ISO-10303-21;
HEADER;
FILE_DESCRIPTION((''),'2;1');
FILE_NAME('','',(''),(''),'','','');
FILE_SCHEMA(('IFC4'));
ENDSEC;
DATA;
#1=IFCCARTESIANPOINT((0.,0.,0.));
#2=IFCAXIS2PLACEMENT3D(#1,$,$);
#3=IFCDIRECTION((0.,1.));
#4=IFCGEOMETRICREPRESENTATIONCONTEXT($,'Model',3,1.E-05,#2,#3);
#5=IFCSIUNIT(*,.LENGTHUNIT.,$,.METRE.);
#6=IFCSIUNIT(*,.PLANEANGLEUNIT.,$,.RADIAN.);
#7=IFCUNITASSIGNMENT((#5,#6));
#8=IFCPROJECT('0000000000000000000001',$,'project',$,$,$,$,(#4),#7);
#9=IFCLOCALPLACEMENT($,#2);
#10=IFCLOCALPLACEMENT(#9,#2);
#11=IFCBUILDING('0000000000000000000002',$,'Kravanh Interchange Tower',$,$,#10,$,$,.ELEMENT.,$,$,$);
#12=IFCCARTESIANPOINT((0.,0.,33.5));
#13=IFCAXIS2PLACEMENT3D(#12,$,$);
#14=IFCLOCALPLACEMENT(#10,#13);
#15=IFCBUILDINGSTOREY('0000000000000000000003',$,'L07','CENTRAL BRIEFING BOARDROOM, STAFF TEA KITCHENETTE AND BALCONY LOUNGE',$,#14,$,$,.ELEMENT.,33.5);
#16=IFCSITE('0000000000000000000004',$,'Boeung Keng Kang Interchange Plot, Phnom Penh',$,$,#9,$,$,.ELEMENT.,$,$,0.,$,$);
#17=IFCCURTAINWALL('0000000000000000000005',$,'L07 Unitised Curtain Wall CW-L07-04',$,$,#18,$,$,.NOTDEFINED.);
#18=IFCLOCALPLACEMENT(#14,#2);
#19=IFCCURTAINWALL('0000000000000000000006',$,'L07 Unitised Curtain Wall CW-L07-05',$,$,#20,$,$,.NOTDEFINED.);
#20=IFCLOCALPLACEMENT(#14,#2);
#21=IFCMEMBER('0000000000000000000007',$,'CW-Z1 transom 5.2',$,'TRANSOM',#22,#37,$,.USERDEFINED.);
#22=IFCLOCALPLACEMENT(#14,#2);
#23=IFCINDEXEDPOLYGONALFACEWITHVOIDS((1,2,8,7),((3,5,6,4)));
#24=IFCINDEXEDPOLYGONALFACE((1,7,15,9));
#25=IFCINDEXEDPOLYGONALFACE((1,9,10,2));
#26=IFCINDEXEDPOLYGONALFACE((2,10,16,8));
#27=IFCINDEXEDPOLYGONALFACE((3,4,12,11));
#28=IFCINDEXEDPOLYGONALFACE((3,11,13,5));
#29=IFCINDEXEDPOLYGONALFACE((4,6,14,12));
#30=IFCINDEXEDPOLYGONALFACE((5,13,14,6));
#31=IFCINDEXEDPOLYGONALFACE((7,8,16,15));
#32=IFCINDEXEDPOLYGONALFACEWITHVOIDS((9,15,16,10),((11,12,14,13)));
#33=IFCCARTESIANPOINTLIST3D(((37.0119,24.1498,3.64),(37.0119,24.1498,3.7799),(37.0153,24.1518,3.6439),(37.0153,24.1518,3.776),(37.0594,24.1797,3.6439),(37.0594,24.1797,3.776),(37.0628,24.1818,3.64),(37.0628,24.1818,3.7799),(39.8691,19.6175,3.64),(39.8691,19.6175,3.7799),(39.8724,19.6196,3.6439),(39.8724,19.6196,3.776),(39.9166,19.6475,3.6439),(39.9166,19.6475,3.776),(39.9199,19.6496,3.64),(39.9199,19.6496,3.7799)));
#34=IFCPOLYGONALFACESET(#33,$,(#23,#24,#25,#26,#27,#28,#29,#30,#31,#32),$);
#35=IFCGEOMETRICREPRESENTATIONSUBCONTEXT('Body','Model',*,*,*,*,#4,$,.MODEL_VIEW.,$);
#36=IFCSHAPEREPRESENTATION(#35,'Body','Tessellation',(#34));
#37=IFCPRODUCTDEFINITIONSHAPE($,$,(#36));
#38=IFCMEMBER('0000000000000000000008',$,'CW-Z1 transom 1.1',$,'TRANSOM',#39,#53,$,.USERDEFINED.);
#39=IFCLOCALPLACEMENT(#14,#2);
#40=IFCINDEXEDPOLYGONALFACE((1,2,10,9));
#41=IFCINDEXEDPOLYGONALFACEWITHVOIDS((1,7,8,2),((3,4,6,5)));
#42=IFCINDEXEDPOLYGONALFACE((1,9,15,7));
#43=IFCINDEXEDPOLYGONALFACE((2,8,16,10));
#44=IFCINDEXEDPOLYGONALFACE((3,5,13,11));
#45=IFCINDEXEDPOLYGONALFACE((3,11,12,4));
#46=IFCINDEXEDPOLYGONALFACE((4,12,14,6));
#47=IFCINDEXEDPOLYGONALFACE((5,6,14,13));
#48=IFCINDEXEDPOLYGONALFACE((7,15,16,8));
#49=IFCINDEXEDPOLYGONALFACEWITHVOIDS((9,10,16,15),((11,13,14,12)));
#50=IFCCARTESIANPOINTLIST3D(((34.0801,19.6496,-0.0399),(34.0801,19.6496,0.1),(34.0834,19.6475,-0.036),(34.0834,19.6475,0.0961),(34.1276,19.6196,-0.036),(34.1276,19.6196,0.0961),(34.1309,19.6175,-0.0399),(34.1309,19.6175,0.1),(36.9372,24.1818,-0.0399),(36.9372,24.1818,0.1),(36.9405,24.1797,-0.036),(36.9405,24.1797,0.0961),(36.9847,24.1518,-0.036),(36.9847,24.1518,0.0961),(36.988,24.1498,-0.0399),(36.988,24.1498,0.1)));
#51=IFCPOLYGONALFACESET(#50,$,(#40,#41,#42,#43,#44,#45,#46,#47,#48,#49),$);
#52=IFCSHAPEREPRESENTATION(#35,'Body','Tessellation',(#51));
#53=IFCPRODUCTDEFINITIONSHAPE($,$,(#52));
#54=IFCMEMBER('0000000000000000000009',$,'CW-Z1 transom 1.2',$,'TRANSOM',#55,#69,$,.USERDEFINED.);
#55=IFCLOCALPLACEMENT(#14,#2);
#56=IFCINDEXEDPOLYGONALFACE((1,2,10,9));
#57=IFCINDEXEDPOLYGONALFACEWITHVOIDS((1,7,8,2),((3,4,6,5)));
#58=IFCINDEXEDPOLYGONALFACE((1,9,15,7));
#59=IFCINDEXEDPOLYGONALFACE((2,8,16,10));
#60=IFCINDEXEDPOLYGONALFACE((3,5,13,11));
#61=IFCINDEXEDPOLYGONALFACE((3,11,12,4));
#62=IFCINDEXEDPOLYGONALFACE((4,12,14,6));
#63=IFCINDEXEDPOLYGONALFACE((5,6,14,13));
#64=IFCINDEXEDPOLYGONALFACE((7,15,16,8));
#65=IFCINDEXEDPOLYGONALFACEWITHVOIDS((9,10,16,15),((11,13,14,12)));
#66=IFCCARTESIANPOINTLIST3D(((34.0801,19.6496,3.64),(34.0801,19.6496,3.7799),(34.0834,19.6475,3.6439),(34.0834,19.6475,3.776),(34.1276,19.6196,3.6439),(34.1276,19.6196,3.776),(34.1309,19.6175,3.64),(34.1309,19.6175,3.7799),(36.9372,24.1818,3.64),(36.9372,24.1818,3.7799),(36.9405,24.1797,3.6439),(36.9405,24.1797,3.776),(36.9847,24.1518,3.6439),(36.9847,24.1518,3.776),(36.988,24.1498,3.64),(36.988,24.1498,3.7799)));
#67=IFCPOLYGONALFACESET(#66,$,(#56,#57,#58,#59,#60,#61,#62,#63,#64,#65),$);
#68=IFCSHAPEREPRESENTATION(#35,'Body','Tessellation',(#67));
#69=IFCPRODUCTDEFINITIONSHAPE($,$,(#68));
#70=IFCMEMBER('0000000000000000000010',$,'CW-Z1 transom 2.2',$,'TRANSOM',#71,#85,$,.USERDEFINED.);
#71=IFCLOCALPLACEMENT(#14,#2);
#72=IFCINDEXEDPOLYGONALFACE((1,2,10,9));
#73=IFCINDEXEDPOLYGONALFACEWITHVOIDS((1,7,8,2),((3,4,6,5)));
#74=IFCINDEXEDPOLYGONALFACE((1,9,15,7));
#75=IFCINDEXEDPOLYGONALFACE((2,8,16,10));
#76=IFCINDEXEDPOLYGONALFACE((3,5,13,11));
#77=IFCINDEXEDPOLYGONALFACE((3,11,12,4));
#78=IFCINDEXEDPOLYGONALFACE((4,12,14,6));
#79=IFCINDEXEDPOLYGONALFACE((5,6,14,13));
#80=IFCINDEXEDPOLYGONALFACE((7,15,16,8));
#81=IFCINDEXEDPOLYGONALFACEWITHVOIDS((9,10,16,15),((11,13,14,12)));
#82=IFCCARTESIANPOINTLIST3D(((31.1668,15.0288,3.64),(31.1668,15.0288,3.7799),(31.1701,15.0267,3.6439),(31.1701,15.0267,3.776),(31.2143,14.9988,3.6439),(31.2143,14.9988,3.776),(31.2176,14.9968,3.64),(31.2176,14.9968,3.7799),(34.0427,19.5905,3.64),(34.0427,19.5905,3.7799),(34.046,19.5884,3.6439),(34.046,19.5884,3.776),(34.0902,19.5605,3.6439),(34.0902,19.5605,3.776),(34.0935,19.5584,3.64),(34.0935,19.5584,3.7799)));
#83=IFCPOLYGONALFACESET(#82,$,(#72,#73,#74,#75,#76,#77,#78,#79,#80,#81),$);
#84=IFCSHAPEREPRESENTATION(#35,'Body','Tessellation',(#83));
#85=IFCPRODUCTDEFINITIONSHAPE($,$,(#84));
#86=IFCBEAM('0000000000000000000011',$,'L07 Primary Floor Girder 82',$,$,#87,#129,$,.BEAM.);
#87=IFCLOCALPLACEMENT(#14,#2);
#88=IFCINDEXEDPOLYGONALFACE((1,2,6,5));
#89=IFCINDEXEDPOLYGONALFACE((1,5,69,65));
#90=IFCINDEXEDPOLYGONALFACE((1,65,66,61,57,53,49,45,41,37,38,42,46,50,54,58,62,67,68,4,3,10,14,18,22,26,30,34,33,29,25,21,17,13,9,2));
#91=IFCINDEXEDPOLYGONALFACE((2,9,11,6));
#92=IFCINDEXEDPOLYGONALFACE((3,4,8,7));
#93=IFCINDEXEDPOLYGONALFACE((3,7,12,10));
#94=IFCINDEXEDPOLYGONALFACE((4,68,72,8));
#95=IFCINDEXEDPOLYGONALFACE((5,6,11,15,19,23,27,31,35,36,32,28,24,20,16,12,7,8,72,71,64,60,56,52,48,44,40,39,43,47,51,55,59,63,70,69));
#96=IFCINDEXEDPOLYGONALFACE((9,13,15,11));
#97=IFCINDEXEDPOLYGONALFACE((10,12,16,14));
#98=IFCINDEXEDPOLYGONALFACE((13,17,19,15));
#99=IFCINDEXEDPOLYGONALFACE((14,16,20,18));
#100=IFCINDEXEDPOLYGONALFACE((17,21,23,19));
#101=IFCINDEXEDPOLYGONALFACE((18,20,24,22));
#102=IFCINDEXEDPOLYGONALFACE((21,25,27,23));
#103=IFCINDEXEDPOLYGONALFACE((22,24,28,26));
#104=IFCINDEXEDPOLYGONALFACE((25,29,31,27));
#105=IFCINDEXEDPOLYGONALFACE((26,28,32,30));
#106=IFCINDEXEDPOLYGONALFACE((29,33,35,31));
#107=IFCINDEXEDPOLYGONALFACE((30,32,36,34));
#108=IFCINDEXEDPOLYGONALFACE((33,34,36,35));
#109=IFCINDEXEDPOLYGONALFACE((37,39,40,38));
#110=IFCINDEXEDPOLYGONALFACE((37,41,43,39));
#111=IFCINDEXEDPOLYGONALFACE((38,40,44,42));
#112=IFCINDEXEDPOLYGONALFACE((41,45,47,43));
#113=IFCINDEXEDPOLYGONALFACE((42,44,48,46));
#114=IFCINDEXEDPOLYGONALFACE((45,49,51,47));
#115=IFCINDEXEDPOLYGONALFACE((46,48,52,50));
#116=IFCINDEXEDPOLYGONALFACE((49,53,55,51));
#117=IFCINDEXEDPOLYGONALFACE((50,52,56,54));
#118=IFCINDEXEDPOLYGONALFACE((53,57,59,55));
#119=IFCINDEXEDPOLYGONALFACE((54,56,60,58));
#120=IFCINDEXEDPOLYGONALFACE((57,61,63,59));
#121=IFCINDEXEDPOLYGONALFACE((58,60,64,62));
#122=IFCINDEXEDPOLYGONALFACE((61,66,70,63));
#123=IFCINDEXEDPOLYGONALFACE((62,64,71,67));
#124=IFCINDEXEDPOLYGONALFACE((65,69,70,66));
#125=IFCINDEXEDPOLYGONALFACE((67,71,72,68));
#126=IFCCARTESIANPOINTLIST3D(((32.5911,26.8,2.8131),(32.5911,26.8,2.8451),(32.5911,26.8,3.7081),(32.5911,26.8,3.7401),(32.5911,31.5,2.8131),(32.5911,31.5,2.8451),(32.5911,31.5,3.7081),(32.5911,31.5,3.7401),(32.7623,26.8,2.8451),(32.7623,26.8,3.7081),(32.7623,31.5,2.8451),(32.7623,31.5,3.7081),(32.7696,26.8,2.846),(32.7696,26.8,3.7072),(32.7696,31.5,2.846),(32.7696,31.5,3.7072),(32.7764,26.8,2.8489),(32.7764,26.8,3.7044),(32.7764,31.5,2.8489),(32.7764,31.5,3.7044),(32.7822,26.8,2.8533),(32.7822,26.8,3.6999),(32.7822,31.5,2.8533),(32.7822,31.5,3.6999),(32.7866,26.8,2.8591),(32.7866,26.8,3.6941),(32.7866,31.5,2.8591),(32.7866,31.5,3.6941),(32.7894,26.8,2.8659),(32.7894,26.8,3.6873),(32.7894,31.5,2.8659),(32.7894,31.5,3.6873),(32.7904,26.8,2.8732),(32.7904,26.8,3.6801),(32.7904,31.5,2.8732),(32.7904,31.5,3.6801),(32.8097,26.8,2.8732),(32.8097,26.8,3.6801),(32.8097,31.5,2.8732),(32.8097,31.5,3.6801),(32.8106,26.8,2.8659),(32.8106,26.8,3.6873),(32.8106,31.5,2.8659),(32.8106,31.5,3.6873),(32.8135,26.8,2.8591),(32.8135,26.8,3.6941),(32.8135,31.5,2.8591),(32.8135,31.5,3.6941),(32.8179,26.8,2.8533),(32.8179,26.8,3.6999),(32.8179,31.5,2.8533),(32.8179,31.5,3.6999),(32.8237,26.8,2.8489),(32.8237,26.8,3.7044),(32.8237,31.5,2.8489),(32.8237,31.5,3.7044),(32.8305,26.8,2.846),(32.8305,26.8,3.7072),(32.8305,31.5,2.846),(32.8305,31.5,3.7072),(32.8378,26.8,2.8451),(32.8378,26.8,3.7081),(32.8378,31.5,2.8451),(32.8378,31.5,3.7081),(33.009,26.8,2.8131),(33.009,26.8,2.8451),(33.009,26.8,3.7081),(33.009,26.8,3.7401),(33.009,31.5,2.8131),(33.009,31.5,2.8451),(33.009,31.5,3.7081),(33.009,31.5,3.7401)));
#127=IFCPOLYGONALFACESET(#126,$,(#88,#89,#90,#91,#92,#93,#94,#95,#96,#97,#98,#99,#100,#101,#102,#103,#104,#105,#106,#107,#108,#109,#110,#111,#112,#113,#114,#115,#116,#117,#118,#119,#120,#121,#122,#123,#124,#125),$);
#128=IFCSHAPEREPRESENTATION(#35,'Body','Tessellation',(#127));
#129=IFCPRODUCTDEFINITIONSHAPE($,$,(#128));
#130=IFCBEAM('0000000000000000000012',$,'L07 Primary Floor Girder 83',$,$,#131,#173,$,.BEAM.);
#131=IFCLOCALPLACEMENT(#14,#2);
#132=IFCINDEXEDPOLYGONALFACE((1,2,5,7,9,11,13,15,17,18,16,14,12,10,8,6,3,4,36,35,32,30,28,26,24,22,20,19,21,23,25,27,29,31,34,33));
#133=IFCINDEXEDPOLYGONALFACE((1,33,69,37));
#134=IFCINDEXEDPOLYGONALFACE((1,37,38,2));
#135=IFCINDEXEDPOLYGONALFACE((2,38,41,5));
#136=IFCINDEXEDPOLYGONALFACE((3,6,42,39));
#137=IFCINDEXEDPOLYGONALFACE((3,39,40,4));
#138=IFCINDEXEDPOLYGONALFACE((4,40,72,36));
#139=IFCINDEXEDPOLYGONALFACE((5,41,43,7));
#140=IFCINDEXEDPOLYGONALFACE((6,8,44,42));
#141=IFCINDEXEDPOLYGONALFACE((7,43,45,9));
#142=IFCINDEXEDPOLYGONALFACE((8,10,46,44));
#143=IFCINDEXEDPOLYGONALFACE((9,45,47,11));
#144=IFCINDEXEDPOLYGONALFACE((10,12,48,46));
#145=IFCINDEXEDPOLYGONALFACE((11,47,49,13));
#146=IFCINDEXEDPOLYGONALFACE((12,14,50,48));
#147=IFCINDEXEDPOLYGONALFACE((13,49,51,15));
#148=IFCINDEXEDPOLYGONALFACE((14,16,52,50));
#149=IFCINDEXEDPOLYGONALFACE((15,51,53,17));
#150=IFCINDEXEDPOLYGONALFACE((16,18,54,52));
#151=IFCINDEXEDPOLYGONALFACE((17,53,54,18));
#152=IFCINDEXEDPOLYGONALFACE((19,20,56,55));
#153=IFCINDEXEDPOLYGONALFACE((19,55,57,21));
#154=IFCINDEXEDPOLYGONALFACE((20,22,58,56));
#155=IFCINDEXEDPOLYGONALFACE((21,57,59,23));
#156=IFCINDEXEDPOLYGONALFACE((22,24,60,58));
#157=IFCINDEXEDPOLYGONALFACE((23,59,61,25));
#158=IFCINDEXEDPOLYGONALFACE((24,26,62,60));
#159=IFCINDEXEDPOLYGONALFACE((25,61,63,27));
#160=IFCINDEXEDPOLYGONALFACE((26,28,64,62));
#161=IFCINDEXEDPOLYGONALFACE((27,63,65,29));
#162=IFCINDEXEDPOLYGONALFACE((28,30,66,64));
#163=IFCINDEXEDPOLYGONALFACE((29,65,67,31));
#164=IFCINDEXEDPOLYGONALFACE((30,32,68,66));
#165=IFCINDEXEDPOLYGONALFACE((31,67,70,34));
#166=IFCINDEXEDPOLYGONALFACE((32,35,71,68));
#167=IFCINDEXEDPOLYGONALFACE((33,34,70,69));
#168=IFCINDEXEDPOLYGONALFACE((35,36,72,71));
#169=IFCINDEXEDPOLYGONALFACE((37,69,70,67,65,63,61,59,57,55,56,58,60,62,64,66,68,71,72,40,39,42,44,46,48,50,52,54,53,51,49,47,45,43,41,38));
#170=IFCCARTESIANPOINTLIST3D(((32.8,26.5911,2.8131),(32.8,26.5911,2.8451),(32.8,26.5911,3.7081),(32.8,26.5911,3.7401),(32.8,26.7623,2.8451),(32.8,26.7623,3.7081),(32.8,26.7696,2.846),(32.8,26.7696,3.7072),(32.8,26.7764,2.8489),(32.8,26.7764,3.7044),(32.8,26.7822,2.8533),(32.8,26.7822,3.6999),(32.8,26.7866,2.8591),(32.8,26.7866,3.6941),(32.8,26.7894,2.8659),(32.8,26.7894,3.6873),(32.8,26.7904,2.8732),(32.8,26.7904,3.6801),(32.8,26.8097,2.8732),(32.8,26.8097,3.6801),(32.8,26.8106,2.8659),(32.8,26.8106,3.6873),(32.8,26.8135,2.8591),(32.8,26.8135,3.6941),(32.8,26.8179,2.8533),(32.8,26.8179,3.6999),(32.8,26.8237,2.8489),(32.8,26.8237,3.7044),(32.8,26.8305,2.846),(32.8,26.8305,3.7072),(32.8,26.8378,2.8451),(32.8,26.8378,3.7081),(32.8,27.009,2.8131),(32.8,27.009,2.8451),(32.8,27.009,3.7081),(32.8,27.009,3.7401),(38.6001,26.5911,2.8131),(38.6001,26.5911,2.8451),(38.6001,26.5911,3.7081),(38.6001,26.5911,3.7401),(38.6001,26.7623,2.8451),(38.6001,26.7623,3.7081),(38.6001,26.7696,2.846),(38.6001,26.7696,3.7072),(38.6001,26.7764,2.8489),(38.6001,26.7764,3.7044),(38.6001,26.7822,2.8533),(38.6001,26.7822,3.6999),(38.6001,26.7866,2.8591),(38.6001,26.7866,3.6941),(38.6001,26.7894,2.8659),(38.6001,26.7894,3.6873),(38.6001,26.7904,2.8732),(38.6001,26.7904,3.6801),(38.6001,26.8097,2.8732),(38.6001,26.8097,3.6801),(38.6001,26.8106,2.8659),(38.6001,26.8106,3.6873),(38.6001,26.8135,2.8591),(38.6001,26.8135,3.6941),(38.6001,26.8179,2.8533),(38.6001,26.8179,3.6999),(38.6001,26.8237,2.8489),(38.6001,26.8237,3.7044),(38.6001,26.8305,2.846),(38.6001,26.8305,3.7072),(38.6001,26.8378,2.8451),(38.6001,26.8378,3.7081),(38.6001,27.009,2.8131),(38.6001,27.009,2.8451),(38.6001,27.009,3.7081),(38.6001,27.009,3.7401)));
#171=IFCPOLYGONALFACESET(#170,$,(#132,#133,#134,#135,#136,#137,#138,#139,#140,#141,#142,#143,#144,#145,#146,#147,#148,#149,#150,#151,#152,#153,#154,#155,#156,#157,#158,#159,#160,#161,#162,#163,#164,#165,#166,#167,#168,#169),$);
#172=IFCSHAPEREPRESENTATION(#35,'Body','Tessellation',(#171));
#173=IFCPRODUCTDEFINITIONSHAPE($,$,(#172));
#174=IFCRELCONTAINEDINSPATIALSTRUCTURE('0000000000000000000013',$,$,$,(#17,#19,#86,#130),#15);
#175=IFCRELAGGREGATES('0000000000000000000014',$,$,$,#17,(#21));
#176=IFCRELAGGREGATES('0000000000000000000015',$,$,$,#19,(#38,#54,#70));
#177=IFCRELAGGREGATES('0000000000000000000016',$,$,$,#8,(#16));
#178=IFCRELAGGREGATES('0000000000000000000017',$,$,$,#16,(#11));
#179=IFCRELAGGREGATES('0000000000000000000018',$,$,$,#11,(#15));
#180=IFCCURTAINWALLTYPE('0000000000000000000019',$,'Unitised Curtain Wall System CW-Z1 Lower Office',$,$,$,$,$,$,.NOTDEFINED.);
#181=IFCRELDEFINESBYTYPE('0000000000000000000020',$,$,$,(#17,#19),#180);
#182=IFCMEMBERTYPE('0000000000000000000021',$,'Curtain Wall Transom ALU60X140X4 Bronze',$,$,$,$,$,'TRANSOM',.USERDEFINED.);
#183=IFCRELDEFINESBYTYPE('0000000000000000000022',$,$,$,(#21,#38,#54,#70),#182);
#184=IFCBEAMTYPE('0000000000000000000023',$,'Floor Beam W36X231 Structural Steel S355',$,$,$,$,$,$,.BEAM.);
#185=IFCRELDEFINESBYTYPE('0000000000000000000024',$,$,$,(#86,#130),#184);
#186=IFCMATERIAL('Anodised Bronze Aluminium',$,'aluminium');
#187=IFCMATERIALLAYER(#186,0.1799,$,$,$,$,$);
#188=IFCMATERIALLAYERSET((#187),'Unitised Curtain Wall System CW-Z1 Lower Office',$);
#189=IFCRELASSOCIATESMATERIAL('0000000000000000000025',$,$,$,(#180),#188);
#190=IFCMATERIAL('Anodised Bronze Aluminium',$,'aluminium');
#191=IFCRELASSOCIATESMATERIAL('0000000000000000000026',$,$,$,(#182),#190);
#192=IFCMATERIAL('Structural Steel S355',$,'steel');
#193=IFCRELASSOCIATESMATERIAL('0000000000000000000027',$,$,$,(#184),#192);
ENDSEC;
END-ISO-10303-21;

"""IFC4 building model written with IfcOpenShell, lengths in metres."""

from ifc_helpers import new_model, si_unit, direction, frame, origin, origin_2d, place, context, subcontext, project, spatial, hollow_rectangle, i_section, extrude, material, layer, layer_set, material_profile, profile_set, type_object, element, aggregate, save


model = new_model("IFC4")

# Units and contexts
model_context = context("Model", 3, precision=1e-05, world=origin(), true_north=direction((0.0, 1.0)))
body_context = subcontext(model_context, "Body", "Model", "MODEL_VIEW")
ifc_project = project(units=[si_unit("LENGTHUNIT", "METRE"), si_unit("PLANEANGLEUNIT", "RADIAN")], contexts=[model_context])

# Site, building, storey
site_placement = place(None, origin())
site = spatial("IfcSite", under=ifc_project, at=site_placement, Name="Boeung Keng Kang Interchange Plot, Phnom Penh", CompositionType="ELEMENT", RefElevation=0.0)
building_placement = place(site_placement, origin())
building = spatial("IfcBuilding", under=site, at=building_placement, Name="Kravanh Interchange Tower", CompositionType="ELEMENT")
storey_placement = place(building_placement, frame((0.0, 0.0, 33.5)))
storey = spatial("IfcBuildingStorey", under=building, at=storey_placement, Name="L07", Description="CENTRAL BRIEFING BOARDROOM, STAFF TEA KITCHENETTE AND BALCONY LOUNGE", CompositionType="ELEMENT", Elevation=33.5)

# Curtain walls
ifc_material_1 = material(Name="Anodised Bronze Aluminium", Category="aluminium")
ifc_layer_1 = layer(ifc_material_1, 0.1799)
ifc_layer_set_1 = layer_set([ifc_layer_1], Name="Unitised Curtain Wall System CW-Z1 Lower Office")
curtain_wall_type = type_object("IfcCurtainWallType", Name="Unitised Curtain Wall System CW-Z1 Lower Office", PredefinedType="NOTDEFINED", material=ifc_layer_set_1)
curtain_wall_1_placement = place(storey_placement, origin())
curtain_wall_1 = element("IfcCurtainWall", 1, at=curtain_wall_1_placement, inside=storey, type_object=curtain_wall_type, Name="L07 Unitised Curtain Wall CW-L07-04", PredefinedType="NOTDEFINED")
curtain_wall_2_placement = place(storey_placement, origin())
curtain_wall_2 = element("IfcCurtainWall", 2, at=curtain_wall_2_placement, inside=storey, type_object=curtain_wall_type, Name="L07 Unitised Curtain Wall CW-L07-05", PredefinedType="NOTDEFINED")

# Members
ifc_material_2 = material(Name="Anodised Bronze Aluminium", Category="aluminium")
ifc_material_profile_1 = material_profile(ifc_material_2, hollow_rectangle(XDim=0.0601, YDim=0.1399, WallThickness=0.0039, at=origin_2d()), Name="ALU60X140X4")
ifc_profile_set_1 = profile_set([ifc_material_profile_1], Name="Anodised Bronze Aluminium")
member_type_1 = type_object("IfcMemberType", Name="Curtain Wall Transom ALU60X140X4 Bronze", ElementType="TRANSOM", PredefinedType="USERDEFINED", material=ifc_profile_set_1)
member_1_placement = place(storey_placement, frame((39.8945, 19.6335, 3.71), z_axis=(-0.533288, 0.845934, 0.0), x_axis=(-0.845934, -0.533288, 0.0)))
member_1 = element("IfcMember", 3, at=member_1_placement, type_object=member_type_1, Name="CW-Z1 transom 5.2", ObjectType="TRANSOM", PredefinedType="USERDEFINED", context=body_context, shape_type="SweptSolid", body=[
    extrude(hollow_rectangle(XDim=0.0601, YDim=0.1399, WallThickness=0.0039, at=origin_2d()), origin(), (0.0, 0.0, 1.0), 5.3577),
])
member_2_placement = place(storey_placement, frame((36.9626, 24.1658, 0.03), z_axis=(-0.533288, -0.845934, 0.0), x_axis=(0.845934, -0.533288, 0.0)))
member_2 = element("IfcMember", 4, at=member_2_placement, type_object=member_type_1, Name="CW-Z1 transom 1.1", ObjectType="TRANSOM", PredefinedType="USERDEFINED", context=body_context, shape_type="SweptSolid", body=[
    extrude(hollow_rectangle(XDim=0.0601, YDim=0.1399, WallThickness=0.0039, at=origin_2d()), origin(), (0.0, 0.0, 1.0), 5.3577),
])
member_3_placement = place(storey_placement, frame((36.9626, 24.1658, 3.71), z_axis=(-0.533288, -0.845934, 0.0), x_axis=(0.845934, -0.533288, 0.0)))
member_3 = element("IfcMember", 5, at=member_3_placement, type_object=member_type_1, Name="CW-Z1 transom 1.2", ObjectType="TRANSOM", PredefinedType="USERDEFINED", context=body_context, shape_type="SweptSolid", body=[
    extrude(hollow_rectangle(XDim=0.0601, YDim=0.1399, WallThickness=0.0039, at=origin_2d()), origin(), (0.0, 0.0, 1.0), 5.3577),
])
member_4_placement = place(storey_placement, frame((34.0681, 19.5745, 3.71), z_axis=(-0.533311, -0.845919, 0.0), x_axis=(0.845919, -0.533311, 0.0)))
member_4 = element("IfcMember", 6, at=member_4_placement, type_object=member_type_1, Name="CW-Z1 transom 2.2", ObjectType="TRANSOM", PredefinedType="USERDEFINED", context=body_context, shape_type="SweptSolid", body=[
    extrude(hollow_rectangle(XDim=0.0601, YDim=0.1399, WallThickness=0.0039, at=origin_2d()), origin(), (0.0, 0.0, 1.0), 5.3926),
])

# Beams
ifc_material_3 = material(Name="Structural Steel S355", Category="steel")
ifc_material_profile_2 = material_profile(ifc_material_3, i_section(OverallWidth=0.418, OverallDepth=0.927, WebThickness=0.0193, FlangeThickness=0.032, FilletRadius=0.0281, at=origin_2d()), Name="W36X231")
ifc_profile_set_2 = profile_set([ifc_material_profile_2], Name="Structural Steel S355")
beam_type_1 = type_object("IfcBeamType", Name="Floor Beam W36X231 Structural Steel S355", PredefinedType="BEAM", material=ifc_profile_set_2)
beam_1_placement = place(storey_placement, frame((32.8, 26.8, 3.2766), z_axis=(0.0, 1.0, 0.0), x_axis=(-1.0, 0.0, 0.0)))
element("IfcBeam", 7, at=beam_1_placement, inside=storey, type_object=beam_type_1, Name="L07 Primary Floor Girder 82", PredefinedType="BEAM", context=body_context, shape_type="SweptSolid", body=[
    extrude(i_section(OverallWidth=0.418, OverallDepth=0.927, WebThickness=0.0193, FlangeThickness=0.032, FilletRadius=0.0281, at=origin_2d()), origin(), (0.0, 0.0, 1.0), 4.7),
])
beam_2_placement = place(storey_placement, frame((32.8, 26.8, 3.2766), z_axis=(1.0, 0.0, 0.0), x_axis=(0.0, 1.0, 0.0)))
element("IfcBeam", 8, at=beam_2_placement, inside=storey, type_object=beam_type_1, Name="L07 Primary Floor Girder 83", PredefinedType="BEAM", context=body_context, shape_type="SweptSolid", body=[
    extrude(i_section(OverallWidth=0.418, OverallDepth=0.927, WebThickness=0.0193, FlangeThickness=0.032, FilletRadius=0.0281, at=origin_2d()), origin(), (0.0, 0.0, 1.0), 5.8),
])

aggregate(curtain_wall_1, [member_1])
aggregate(curtain_wall_2, [member_2, member_3, member_4])

save(model, "model.ifc")
